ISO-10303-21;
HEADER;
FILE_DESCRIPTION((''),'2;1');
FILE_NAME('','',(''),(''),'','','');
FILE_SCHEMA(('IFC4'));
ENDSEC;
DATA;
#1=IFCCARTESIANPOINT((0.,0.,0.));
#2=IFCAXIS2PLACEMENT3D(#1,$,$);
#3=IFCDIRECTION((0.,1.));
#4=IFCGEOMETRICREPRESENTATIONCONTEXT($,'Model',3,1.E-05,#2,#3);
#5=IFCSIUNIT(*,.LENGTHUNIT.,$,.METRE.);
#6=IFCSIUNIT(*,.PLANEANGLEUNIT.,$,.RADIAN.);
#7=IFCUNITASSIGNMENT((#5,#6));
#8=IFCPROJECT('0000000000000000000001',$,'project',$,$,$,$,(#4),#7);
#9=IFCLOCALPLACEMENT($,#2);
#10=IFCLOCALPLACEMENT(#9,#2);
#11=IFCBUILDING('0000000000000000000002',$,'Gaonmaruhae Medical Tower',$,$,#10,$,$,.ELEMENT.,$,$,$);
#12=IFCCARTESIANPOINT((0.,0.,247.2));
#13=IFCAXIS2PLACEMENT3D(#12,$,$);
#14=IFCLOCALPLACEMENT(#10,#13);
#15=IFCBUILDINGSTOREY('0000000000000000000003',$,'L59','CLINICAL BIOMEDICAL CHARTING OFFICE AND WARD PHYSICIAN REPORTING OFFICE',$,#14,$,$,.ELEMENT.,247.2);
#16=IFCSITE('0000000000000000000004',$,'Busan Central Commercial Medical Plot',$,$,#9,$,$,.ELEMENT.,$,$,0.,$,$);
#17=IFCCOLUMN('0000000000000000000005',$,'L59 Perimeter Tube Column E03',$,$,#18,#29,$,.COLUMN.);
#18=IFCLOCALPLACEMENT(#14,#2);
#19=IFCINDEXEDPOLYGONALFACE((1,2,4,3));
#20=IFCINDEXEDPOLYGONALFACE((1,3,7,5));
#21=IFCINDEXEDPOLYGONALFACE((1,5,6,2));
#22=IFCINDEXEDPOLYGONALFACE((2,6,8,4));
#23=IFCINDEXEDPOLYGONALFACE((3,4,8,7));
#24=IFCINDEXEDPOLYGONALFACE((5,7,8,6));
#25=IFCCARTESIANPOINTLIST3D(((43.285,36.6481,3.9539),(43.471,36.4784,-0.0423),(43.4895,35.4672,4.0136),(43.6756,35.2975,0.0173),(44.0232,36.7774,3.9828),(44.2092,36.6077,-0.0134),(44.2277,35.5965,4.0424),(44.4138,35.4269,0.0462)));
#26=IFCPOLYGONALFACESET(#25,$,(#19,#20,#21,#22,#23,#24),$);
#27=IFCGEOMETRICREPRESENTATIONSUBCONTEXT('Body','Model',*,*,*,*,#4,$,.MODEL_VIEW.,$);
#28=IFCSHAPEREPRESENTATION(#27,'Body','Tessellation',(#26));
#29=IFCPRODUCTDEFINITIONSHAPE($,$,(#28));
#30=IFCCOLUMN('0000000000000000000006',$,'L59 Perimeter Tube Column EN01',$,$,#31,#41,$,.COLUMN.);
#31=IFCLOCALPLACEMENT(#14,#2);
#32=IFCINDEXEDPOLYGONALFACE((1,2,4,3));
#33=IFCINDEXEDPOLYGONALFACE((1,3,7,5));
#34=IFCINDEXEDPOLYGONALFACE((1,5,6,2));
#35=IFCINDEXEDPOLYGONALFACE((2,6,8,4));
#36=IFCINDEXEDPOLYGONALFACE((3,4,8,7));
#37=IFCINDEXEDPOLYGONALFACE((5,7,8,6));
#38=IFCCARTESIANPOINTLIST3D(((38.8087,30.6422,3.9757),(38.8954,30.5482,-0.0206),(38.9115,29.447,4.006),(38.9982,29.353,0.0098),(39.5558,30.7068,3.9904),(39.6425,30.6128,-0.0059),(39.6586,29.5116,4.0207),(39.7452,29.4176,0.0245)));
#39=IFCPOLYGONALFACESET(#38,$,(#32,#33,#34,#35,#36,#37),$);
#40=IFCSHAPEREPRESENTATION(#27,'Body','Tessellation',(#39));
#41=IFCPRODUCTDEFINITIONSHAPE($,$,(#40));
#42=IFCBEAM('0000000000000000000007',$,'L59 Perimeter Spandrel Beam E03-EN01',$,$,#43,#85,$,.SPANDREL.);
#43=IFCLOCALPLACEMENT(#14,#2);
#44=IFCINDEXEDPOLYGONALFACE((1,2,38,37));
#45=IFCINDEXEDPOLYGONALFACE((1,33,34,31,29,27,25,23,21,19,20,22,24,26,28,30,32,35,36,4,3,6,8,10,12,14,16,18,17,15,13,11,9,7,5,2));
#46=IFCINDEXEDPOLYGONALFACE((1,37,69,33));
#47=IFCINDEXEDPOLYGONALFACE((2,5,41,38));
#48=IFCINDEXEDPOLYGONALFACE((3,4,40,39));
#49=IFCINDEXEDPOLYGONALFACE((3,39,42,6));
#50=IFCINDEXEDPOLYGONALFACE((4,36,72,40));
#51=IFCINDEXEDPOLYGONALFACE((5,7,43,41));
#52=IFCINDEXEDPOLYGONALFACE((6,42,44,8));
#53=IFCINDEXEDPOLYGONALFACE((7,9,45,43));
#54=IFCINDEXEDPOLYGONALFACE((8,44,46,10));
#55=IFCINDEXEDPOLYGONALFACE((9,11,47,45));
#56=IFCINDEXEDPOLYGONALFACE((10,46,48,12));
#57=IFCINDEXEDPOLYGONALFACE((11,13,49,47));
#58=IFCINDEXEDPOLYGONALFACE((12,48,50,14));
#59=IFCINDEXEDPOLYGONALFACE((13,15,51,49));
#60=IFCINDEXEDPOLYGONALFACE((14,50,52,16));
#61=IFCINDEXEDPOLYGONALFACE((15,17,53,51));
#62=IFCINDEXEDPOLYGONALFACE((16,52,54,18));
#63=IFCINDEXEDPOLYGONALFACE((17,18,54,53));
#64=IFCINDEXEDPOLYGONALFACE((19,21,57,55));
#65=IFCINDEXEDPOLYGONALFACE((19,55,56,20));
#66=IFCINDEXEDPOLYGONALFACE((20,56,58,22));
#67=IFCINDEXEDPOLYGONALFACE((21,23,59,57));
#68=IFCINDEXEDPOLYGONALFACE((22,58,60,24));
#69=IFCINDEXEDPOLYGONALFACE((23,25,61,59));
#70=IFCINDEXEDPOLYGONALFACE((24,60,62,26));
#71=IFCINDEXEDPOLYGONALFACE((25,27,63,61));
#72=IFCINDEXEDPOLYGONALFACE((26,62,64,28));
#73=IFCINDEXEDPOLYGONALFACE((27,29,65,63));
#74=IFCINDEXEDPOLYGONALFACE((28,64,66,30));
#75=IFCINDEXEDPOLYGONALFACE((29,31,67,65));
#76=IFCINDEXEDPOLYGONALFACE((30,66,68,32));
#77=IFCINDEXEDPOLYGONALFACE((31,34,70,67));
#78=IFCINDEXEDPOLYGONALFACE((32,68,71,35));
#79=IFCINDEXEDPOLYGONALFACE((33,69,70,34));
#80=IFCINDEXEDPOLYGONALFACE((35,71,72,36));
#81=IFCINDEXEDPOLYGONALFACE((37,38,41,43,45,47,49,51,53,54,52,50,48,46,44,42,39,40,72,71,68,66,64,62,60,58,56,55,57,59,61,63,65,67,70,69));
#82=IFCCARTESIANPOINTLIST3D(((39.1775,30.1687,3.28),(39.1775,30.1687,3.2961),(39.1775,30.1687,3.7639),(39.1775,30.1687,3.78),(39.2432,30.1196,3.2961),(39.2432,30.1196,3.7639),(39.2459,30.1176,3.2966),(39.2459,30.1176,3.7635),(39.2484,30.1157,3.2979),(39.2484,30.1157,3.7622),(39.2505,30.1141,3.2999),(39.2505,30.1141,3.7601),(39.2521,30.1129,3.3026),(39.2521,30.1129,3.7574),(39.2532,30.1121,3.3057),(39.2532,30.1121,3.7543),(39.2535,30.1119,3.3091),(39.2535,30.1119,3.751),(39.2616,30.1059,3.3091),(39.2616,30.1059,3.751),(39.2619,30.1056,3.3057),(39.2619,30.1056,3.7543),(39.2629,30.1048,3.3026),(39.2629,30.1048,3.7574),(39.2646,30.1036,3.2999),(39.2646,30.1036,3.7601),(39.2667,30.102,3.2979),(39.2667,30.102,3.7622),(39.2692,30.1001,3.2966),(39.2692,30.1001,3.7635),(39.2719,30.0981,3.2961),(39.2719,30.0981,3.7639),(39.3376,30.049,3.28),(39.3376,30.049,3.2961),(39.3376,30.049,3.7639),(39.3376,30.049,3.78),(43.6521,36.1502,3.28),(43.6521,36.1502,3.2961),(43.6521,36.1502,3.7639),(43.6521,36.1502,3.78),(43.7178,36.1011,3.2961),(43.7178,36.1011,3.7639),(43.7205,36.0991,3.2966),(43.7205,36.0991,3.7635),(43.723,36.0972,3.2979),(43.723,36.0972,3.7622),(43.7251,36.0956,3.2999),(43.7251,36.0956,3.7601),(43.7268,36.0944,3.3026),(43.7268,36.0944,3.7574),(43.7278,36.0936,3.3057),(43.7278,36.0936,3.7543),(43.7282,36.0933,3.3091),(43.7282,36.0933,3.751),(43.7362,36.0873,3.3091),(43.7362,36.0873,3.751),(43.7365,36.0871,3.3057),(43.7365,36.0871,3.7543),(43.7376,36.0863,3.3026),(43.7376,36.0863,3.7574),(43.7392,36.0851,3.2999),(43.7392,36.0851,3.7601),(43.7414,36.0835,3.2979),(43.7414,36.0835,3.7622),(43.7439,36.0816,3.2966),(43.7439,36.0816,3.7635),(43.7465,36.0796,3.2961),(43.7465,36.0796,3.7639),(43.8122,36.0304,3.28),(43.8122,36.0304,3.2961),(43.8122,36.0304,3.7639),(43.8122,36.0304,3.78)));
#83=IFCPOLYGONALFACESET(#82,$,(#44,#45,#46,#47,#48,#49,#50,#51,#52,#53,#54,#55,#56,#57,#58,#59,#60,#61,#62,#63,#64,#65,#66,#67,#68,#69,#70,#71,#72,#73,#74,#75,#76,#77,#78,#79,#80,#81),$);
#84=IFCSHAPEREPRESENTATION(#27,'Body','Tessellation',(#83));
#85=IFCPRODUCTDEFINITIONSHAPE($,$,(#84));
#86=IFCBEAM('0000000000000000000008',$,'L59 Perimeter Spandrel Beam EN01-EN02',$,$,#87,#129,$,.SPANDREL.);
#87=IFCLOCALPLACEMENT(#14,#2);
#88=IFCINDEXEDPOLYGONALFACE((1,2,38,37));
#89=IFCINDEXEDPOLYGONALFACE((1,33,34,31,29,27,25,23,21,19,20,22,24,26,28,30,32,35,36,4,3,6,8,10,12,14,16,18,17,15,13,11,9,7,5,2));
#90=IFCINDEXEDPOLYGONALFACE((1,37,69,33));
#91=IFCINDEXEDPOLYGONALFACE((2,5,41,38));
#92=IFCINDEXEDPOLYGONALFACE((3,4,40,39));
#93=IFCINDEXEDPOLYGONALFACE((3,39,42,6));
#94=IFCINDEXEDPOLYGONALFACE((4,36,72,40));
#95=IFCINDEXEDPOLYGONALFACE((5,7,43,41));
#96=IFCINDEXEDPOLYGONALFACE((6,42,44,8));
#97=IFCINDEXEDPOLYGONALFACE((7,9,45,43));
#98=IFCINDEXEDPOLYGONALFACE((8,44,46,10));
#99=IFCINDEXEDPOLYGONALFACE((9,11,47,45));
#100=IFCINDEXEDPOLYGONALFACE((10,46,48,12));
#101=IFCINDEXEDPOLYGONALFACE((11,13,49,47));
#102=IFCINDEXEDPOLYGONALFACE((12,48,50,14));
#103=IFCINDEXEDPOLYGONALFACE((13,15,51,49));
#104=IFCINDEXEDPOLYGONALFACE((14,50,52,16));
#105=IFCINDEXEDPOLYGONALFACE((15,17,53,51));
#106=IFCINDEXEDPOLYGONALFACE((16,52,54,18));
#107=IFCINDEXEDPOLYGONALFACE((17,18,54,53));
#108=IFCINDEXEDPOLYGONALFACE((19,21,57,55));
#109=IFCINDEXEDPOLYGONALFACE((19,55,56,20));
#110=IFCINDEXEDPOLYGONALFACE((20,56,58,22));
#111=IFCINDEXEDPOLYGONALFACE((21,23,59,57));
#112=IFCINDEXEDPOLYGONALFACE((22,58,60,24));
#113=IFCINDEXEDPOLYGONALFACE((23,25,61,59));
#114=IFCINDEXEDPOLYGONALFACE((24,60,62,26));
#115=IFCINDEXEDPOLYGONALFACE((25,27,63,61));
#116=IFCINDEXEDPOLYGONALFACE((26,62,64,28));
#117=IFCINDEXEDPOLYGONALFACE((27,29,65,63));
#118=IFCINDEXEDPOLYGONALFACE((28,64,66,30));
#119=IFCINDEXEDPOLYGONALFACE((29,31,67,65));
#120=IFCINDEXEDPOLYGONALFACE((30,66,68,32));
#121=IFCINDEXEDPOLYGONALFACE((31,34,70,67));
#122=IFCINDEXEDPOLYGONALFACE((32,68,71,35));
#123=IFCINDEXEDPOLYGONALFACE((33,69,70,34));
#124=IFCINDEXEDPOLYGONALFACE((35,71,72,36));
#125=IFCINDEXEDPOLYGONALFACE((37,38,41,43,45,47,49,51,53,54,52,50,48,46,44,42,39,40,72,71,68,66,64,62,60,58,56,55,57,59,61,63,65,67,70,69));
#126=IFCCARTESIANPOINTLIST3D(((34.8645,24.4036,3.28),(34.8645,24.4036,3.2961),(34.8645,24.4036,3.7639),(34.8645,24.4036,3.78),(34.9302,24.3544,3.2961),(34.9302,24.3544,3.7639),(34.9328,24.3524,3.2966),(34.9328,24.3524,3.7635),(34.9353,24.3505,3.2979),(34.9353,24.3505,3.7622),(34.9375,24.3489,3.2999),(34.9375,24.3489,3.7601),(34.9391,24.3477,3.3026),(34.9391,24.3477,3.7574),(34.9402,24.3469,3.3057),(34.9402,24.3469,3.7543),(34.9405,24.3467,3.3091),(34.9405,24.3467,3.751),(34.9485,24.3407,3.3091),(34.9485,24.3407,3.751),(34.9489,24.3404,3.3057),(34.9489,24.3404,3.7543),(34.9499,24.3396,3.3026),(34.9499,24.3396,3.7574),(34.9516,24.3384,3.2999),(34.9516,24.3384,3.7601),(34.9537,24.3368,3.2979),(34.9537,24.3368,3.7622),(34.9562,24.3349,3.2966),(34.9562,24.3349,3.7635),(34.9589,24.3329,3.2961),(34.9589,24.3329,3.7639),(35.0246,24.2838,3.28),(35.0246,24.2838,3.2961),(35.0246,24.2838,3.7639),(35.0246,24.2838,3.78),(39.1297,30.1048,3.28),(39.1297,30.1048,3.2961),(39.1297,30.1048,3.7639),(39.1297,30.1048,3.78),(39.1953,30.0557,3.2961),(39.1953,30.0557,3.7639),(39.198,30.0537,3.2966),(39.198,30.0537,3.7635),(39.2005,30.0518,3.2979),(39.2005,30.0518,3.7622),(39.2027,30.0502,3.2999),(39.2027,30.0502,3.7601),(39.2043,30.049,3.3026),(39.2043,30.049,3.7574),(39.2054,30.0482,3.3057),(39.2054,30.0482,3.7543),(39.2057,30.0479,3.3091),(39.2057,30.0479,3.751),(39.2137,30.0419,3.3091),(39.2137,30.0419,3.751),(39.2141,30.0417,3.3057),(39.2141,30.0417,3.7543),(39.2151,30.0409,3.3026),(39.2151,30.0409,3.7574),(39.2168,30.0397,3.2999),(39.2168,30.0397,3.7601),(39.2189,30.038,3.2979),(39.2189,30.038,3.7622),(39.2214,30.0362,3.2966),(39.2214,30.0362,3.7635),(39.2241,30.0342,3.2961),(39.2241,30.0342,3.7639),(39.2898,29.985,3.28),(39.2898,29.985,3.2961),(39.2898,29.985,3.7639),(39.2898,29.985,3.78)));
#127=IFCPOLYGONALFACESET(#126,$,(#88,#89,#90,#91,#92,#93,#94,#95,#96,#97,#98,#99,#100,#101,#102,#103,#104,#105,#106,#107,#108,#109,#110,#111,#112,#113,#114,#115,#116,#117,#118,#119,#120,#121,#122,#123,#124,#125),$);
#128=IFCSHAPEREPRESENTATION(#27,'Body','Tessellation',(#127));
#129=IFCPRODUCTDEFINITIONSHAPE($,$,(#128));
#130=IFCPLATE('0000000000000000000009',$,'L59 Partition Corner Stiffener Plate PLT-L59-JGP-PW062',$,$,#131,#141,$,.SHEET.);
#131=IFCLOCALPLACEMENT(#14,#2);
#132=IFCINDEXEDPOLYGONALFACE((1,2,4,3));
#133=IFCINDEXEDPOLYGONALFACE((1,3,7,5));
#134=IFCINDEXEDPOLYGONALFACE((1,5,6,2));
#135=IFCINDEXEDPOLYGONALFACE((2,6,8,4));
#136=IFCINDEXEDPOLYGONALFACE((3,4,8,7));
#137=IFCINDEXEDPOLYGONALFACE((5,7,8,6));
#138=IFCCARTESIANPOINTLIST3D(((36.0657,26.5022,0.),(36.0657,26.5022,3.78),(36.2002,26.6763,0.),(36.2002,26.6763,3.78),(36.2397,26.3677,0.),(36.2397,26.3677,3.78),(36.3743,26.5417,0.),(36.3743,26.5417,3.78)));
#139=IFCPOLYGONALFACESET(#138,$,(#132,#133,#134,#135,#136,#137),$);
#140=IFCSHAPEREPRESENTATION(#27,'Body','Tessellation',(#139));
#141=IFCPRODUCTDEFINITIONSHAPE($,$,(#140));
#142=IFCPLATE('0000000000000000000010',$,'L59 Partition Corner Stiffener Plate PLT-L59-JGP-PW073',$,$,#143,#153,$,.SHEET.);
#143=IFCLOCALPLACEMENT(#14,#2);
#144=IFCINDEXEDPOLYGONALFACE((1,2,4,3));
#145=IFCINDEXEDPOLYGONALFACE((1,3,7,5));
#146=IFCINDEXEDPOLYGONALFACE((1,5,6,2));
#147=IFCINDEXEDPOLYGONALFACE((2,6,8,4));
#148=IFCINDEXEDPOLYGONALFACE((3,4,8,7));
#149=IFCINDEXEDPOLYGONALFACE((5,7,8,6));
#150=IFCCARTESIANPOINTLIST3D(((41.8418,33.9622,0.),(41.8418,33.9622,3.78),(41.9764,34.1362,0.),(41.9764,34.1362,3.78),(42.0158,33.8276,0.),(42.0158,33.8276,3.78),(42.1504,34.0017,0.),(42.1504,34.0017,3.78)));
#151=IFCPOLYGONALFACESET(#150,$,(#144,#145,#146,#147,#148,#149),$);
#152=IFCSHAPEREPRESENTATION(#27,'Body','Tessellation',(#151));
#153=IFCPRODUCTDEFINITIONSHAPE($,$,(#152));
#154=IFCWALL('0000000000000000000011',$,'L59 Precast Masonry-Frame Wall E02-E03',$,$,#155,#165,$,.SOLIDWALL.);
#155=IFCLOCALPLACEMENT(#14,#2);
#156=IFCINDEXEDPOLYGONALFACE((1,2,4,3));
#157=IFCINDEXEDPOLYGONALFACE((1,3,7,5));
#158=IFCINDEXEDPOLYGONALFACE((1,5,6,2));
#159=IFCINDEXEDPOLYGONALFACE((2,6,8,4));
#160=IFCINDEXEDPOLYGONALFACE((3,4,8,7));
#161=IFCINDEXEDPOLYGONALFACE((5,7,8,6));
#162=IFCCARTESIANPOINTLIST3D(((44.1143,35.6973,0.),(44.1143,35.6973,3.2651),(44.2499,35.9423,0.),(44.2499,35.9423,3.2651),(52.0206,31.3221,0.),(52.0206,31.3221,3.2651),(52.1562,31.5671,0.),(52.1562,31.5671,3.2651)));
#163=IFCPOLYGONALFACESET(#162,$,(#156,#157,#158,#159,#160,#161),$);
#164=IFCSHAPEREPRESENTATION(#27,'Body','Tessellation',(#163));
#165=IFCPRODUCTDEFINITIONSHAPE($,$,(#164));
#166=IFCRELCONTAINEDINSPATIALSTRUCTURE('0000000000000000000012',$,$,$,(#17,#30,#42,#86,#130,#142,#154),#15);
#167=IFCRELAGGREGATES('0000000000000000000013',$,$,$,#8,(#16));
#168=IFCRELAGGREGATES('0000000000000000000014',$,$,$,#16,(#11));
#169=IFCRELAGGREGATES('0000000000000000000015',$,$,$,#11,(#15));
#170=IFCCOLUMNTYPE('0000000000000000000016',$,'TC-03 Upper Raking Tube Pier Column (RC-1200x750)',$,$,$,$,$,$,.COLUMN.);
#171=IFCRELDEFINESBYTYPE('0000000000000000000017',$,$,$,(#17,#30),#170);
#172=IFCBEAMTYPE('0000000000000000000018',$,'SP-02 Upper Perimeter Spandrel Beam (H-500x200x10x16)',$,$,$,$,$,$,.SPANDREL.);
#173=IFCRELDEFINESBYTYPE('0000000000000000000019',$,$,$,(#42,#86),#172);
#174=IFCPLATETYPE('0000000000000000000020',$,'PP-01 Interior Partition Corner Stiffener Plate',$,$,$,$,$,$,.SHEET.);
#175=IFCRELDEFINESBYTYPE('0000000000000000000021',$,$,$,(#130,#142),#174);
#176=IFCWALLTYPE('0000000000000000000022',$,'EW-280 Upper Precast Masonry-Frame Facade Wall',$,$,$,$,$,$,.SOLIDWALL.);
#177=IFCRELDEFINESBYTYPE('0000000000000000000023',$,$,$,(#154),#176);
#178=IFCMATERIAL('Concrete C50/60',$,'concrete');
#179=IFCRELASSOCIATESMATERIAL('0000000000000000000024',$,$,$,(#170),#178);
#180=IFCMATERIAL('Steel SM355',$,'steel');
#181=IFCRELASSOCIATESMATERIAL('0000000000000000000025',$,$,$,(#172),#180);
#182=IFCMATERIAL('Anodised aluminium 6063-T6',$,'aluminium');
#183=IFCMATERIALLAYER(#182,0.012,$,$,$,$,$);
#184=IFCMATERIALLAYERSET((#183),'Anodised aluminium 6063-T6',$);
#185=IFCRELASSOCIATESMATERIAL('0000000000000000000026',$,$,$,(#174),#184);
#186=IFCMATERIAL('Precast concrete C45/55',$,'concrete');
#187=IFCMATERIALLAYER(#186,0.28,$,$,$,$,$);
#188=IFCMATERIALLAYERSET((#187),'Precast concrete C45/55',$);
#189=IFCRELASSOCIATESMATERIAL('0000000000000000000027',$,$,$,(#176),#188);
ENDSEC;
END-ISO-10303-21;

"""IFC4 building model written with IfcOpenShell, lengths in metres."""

from ifc_helpers import new_model, si_unit, direction, frame, frame_2d, origin, origin_2d, place, context, subcontext, project, spatial, rectangle, i_section, extrude, material, layer, layer_set, material_profile, profile_set, type_object, element, save


model = new_model("IFC4")

# Units and contexts
model_context = context("Model", 3, precision=1e-05, world=origin(), true_north=direction((0.0, 1.0)))
body_context = subcontext(model_context, "Body", "Model", "MODEL_VIEW")
ifc_project = project(units=[si_unit("LENGTHUNIT", "METRE"), si_unit("PLANEANGLEUNIT", "RADIAN")], contexts=[model_context])

# Site, building, storey
site_placement = place(None, origin())
site = spatial("IfcSite", under=ifc_project, at=site_placement, Name="Busan Central Commercial Medical Plot", CompositionType="ELEMENT", RefElevation=0.0)
building_placement = place(site_placement, origin())
building = spatial("IfcBuilding", under=site, at=building_placement, Name="Gaonmaruhae Medical Tower", CompositionType="ELEMENT")
storey_placement = place(building_placement, frame((0.0, 0.0, 247.2)))
storey = spatial("IfcBuildingStorey", under=building, at=storey_placement, Name="L59", Description="CLINICAL BIOMEDICAL CHARTING OFFICE AND WARD PHYSICIAN REPORTING OFFICE", CompositionType="ELEMENT", Elevation=247.2)

# Columns
ifc_material_1 = material(Name="Concrete C50/60", Category="concrete")
ifc_material_profile_1 = material_profile(ifc_material_1, rectangle(XDim=1.2, YDim=0.75, at=origin_2d()), Name="RC-1200x750")
ifc_profile_set_1 = profile_set([ifc_material_profile_1], Name="Concrete C50/60")
column_type = type_object("IfcColumnType", Name="TC-03 Upper Raking Tube Pier Column (RC-1200x750)", PredefinedType="COLUMN", material=ifc_profile_set_1)
column_1_placement = place(storey_placement, frame((43.9424, 35.9526, 0.002), z_axis=(-0.046459, 0.042374, 0.998021), x_axis=(0.170479, -0.984106, 0.04972)))
element("IfcColumn", 1, at=column_1_placement, inside=storey, type_object=column_type, Name="L59 Perimeter Tube Column E03", PredefinedType="COLUMN", context=body_context, shape_type="SweptSolid", body=[
    extrude(rectangle(XDim=1.2, YDim=0.75, at=origin_2d()), origin(), (0.0, 0.0, 1.0), 4.0042),
])
column_2_placement = place(storey_placement, frame((39.3203, 29.9829, 0.002), z_axis=(-0.021676, 0.023508, 0.999489), x_axis=(0.085638, -0.996005, 0.025283)))
element("IfcColumn", 2, at=column_2_placement, inside=storey, type_object=column_type, Name="L59 Perimeter Tube Column EN01", PredefinedType="COLUMN", context=body_context, shape_type="SweptSolid", body=[
    extrude(rectangle(XDim=1.2, YDim=0.75, at=origin_2d()), origin(), (0.0, 0.0, 1.0), 3.9983),
])

# Beams
ifc_material_2 = material(Name="Steel SM355", Category="steel")
ifc_material_profile_2 = material_profile(ifc_material_2, i_section(OverallWidth=0.2, OverallDepth=0.5, WebThickness=0.01, FlangeThickness=0.0161, FilletRadius=0.0129, at=origin_2d()), Name="H-500x200x10x16")
ifc_profile_set_2 = profile_set([ifc_material_profile_2], Name="Steel SM355")
beam_type = type_object("IfcBeamType", Name="SP-02 Upper Perimeter Spandrel Beam (H-500x200x10x16)", PredefinedType="SPANDREL", material=ifc_profile_set_2)
beam_1_placement = place(storey_placement, frame((43.7322, 36.0903, 3.53), z_axis=(-0.599016, -0.800737, 0.0), x_axis=(0.800737, -0.599016, 0.0)))
element("IfcBeam", 3, at=beam_1_placement, inside=storey, type_object=beam_type, Name="L59 Perimeter Spandrel Beam E03-EN01", PredefinedType="SPANDREL", context=body_context, shape_type="SweptSolid", body=[
    extrude(i_section(OverallWidth=0.2, OverallDepth=0.5, WebThickness=0.01, FlangeThickness=0.0161, FilletRadius=0.0129, at=origin_2d()), origin(), (0.0, 0.0, 1.0), 7.47),
])
beam_2_placement = place(storey_placement, frame((39.2097, 30.0449, 3.53), z_axis=(-0.599034, -0.800724, 0.0), x_axis=(0.800724, -0.599034, 0.0)))
element("IfcBeam", 4, at=beam_2_placement, inside=storey, type_object=beam_type, Name="L59 Perimeter Spandrel Beam EN01-EN02", PredefinedType="SPANDREL", context=body_context, shape_type="SweptSolid", body=[
    extrude(i_section(OverallWidth=0.2, OverallDepth=0.5, WebThickness=0.01, FlangeThickness=0.0161, FilletRadius=0.0129, at=origin_2d()), origin(), (0.0, 0.0, 1.0), 7.1201),
])

# Plates
ifc_material_3 = material(Name="Anodised aluminium 6063-T6", Category="aluminium")
ifc_layer_1 = layer(ifc_material_3, 0.012)
ifc_layer_set_1 = layer_set([ifc_layer_1], Name="Anodised aluminium 6063-T6")
plate_type = type_object("IfcPlateType", Name="PP-01 Interior Partition Corner Stiffener Plate", PredefinedType="SHEET", material=ifc_layer_set_1)
for number, where, z_axis, x_axis, name in (
    (5, (36.22, 26.522, 0.0), (0.0, 0.0, 1.0), (0.791085, -0.611707, 0.0), "L59 Partition Corner Stiffener Plate PLT-L59-JGP-PW062"),
    (6, (41.9961, 33.9819, 0.0), (0.0, 0.0, 1.0), (0.791085, -0.611707, 0.0), "L59 Partition Corner Stiffener Plate PLT-L59-JGP-PW073"),
):
    element("IfcPlate", number, at=place(storey_placement, frame(where, z_axis=z_axis, x_axis=x_axis)), inside=storey, type_object=plate_type, Name=name, PredefinedType="SHEET", context=body_context, shape_type="SweptSolid", body=[
        extrude(rectangle(XDim=0.22, YDim=0.22, at=origin_2d()), origin(), (0.0, 0.0, 1.0), 3.78),
    ])

# Wall
ifc_material_4 = material(Name="Precast concrete C45/55", Category="concrete")
ifc_layer_2 = layer(ifc_material_4, 0.28)
ifc_layer_set_2 = layer_set([ifc_layer_2], Name="Precast concrete C45/55")
wall_type_1 = type_object("IfcWallType", Name="EW-280 Upper Precast Masonry-Frame Facade Wall", PredefinedType="SOLIDWALL", material=ifc_layer_set_2)
wall_1_placement = place(storey_placement, frame((44.1821, 35.8198, 0.0), z_axis=(0.0, 0.0, 1.0), x_axis=(0.87496, -0.484195, 0.0)))
element("IfcWall", 7, at=wall_1_placement, inside=storey, type_object=wall_type_1, Name="L59 Precast Masonry-Frame Wall E02-E03", PredefinedType="SOLIDWALL", context=body_context, shape_type="SweptSolid", body=[
    extrude(rectangle(XDim=9.0361, YDim=0.28, at=frame_2d((4.5181, 0.0))), origin(), (0.0, 0.0, 1.0), 3.2651),
])

save(model, "model.ifc")
